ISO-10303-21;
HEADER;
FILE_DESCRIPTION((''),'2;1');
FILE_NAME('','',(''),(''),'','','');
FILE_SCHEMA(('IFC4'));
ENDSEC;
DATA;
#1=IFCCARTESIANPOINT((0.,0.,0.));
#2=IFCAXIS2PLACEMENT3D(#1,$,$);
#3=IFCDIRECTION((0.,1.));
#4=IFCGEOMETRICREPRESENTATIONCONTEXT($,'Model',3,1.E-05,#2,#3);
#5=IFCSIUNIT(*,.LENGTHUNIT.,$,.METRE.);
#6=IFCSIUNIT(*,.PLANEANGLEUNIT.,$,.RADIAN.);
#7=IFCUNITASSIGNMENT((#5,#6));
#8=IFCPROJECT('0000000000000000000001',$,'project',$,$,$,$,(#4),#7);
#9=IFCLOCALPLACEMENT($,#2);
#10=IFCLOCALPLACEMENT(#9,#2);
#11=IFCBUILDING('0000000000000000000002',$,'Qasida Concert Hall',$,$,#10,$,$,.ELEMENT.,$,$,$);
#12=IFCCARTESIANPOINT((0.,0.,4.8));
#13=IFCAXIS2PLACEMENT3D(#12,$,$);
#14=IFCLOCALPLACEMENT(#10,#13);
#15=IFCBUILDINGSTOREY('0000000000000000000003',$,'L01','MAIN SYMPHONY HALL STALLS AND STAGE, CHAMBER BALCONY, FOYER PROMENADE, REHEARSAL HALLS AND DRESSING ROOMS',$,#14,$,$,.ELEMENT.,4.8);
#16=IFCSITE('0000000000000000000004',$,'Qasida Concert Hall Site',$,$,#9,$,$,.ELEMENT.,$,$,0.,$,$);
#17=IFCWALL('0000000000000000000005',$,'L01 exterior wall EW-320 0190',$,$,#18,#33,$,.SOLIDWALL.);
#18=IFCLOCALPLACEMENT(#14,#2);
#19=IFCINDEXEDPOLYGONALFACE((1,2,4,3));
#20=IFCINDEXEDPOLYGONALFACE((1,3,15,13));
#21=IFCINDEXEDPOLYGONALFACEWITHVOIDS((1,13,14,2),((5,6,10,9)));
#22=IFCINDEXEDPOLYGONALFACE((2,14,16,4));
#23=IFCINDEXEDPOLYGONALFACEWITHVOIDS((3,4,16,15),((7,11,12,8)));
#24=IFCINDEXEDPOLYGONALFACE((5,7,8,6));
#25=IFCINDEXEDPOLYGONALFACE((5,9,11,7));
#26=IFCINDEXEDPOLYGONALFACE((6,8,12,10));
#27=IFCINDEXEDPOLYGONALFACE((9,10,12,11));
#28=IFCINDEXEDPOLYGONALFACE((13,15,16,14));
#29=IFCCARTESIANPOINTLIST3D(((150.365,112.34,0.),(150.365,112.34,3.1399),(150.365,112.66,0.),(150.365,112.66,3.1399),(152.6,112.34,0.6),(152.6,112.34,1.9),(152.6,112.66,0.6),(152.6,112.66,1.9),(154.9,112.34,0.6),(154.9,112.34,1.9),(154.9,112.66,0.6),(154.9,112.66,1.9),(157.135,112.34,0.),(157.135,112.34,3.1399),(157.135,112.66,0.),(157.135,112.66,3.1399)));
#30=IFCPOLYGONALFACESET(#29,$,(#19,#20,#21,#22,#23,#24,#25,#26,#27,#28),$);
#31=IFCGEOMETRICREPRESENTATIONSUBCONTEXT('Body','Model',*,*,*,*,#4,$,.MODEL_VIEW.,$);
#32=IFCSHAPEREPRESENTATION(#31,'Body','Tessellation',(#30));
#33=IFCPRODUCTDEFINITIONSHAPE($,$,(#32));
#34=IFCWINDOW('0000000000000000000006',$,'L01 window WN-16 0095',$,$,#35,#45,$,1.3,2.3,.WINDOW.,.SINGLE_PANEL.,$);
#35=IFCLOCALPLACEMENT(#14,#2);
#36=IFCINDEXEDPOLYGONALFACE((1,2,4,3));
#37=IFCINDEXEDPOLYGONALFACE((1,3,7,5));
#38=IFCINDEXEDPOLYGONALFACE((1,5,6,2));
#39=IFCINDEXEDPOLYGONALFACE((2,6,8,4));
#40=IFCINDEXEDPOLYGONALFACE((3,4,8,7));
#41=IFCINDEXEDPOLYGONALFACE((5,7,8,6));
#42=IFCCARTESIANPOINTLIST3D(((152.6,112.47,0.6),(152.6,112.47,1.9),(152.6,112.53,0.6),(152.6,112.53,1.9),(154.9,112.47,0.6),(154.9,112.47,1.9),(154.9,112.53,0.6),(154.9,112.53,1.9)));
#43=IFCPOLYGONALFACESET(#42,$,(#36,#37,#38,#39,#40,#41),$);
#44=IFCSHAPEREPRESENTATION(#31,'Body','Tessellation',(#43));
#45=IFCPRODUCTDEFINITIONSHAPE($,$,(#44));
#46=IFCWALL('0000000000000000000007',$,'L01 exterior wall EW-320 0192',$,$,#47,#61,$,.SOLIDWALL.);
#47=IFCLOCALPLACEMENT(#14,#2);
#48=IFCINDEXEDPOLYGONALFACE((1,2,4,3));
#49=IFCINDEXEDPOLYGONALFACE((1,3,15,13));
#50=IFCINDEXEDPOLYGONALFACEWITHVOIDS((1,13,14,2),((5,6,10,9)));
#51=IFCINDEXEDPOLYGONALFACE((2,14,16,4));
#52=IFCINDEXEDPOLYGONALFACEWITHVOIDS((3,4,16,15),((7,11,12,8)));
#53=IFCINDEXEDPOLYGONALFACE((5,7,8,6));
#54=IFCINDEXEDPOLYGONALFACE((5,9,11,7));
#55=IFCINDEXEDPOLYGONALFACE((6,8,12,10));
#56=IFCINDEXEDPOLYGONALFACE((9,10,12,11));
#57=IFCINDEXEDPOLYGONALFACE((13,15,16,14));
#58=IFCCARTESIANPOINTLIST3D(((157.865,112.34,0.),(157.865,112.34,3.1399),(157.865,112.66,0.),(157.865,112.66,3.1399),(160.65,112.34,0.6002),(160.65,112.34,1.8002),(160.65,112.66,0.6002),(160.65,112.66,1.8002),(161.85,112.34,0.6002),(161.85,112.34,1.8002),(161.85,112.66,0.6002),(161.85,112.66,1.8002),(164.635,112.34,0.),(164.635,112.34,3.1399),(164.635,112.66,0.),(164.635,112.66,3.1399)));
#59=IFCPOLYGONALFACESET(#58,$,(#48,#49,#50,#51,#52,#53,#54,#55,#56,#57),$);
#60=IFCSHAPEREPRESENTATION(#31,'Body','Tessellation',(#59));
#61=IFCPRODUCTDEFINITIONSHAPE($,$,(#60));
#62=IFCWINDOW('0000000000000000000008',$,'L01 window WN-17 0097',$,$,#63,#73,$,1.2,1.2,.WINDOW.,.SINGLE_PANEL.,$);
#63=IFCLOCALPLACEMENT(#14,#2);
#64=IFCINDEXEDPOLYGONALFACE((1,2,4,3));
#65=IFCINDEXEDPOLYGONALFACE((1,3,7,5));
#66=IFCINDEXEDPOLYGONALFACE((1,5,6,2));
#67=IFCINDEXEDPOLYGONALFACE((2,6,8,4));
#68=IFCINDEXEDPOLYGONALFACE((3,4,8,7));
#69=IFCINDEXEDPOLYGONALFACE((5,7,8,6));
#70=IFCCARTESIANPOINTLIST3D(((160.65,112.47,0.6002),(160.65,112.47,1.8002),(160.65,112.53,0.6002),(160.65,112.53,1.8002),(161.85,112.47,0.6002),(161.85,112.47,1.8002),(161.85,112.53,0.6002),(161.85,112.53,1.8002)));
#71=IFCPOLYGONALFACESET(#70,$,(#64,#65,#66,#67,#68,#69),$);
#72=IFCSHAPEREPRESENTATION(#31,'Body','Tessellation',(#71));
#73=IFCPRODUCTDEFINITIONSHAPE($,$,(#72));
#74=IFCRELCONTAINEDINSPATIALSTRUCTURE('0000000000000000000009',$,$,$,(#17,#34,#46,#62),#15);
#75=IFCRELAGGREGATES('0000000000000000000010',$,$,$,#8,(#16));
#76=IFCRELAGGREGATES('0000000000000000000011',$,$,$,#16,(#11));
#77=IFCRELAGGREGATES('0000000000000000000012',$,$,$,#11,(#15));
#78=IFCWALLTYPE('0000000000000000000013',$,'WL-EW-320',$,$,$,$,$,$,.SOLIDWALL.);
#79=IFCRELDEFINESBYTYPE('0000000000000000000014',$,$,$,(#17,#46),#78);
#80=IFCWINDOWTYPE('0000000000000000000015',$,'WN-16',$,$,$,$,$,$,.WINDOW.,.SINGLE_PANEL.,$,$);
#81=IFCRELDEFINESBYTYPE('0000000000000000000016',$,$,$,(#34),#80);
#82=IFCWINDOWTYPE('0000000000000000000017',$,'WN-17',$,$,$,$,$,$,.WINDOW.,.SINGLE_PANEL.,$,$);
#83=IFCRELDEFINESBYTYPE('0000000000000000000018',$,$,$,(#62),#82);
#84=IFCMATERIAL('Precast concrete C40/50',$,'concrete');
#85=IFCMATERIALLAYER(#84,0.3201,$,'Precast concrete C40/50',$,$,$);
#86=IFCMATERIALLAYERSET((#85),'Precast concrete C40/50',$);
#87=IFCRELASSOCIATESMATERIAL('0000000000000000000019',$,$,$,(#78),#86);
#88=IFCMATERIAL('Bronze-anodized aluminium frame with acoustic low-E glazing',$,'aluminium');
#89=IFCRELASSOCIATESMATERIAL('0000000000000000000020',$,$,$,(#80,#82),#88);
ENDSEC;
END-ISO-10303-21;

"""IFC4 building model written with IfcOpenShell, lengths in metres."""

from ifc_helpers import new_model, si_unit, direction, frame, frame_2d, origin, place, context, subcontext, project, spatial, rectangle, extrude, material, layer, layer_set, type_object, element, fill, save


model = new_model("IFC4")

# Units and contexts
model_context = context("Model", 3, precision=1e-05, world=origin(), true_north=direction((0.0, 1.0)))
body_context = subcontext(model_context, "Body", "Model", "MODEL_VIEW")
ifc_project = project(units=[si_unit("LENGTHUNIT", "METRE"), si_unit("PLANEANGLEUNIT", "RADIAN")], contexts=[model_context])

# Site, building, storey
site_placement = place(None, origin())
site = spatial("IfcSite", under=ifc_project, at=site_placement, Name="Qasida Concert Hall Site", CompositionType="ELEMENT", RefElevation=0.0)
building_placement = place(site_placement, origin())
building = spatial("IfcBuilding", under=site, at=building_placement, Name="Qasida Concert Hall", CompositionType="ELEMENT")
storey_placement = place(building_placement, frame((0.0, 0.0, 4.8)))
storey = spatial("IfcBuildingStorey", under=building, at=storey_placement, Name="L01", Description="MAIN SYMPHONY HALL STALLS AND STAGE, CHAMBER BALCONY, FOYER PROMENADE, REHEARSAL HALLS AND DRESSING ROOMS", CompositionType="ELEMENT", Elevation=4.8)

# Walls, openings, windows
ifc_material_1 = material(Name="Precast concrete C40/50", Category="concrete")
ifc_layer_1 = layer(ifc_material_1, 0.3201, Name="Precast concrete C40/50")
ifc_layer_set_1 = layer_set([ifc_layer_1], Name="Precast concrete C40/50")
wall_type = type_object("IfcWallType", Name="WL-EW-320", PredefinedType="SOLIDWALL", material=ifc_layer_set_1)
wall_1_placement = place(storey_placement, frame((150.365, 112.5, 0.0), z_axis=(0.0, 0.0, 1.0), x_axis=(1.0, 0.0, 0.0)))
wall_1 = element("IfcWall", 1, at=wall_1_placement, inside=storey, type_object=wall_type, Name="L01 exterior wall EW-320 0190", PredefinedType="SOLIDWALL", context=body_context, shape_type="SweptSolid", body=[
    extrude(rectangle(XDim=6.77, YDim=0.3201, at=frame_2d((3.385, 0.0))), origin(), (0.0, 0.0, 1.0), 3.1399),
])
opening_1_placement = place(wall_1_placement, frame((2.2351, 0.0, 0.6001)))
opening_1 = element("IfcOpeningElement", 2, at=opening_1_placement, cuts=wall_1, PredefinedType="OPENING", context=body_context, shape_type="SweptSolid", body=[
    extrude(rectangle(XDim=2.3, YDim=1.3, at=frame_2d((1.1499, 0.6499))), frame((0.0, 0.1699, 0.0), z_axis=(0.0, -1.0, 0.0), x_axis=(1.0, 0.0, 0.0)), (0.0, 0.0, 1.0), 0.3401),
])
ifc_material_2 = material(Name="Bronze-anodized aluminium frame with acoustic low-E glazing", Category="aluminium")
window_type_1 = type_object("IfcWindowType", Name="WN-16", PartitioningType="SINGLE_PANEL", PredefinedType="WINDOW", material=ifc_material_2)
window_1_placement = place(opening_1_placement, origin())
window_1 = element("IfcWindow", 3, at=window_1_placement, inside=storey, type_object=window_type_1, Name="L01 window WN-16 0095", OverallHeight=1.3, OverallWidth=2.3, PartitioningType="SINGLE_PANEL", PredefinedType="WINDOW", context=body_context, shape_type="SweptSolid", body=[
    extrude(rectangle(XDim=2.3, YDim=1.3, at=frame_2d((1.1499, 0.6499))), frame((0.0, 0.03, 0.0), z_axis=(0.0, -1.0, 0.0), x_axis=(1.0, 0.0, 0.0)), (0.0, 0.0, 1.0), 0.0601),
])
fill(opening_1, window_1)
wall_2_placement = place(storey_placement, frame((157.865, 112.5, 0.0), z_axis=(0.0, 0.0, 1.0), x_axis=(1.0, 0.0, 0.0)))
wall_2 = element("IfcWall", 4, at=wall_2_placement, inside=storey, type_object=wall_type, Name="L01 exterior wall EW-320 0192", PredefinedType="SOLIDWALL", context=body_context, shape_type="SweptSolid", body=[
    extrude(rectangle(XDim=6.77, YDim=0.3201, at=frame_2d((3.385, 0.0))), origin(), (0.0, 0.0, 1.0), 3.1399),
])
opening_2_placement = place(wall_2_placement, frame((2.7849, 0.0, 0.6001)))
opening_2 = element("IfcOpeningElement", 5, at=opening_2_placement, cuts=wall_2, PredefinedType="OPENING", context=body_context, shape_type="SweptSolid", body=[
    extrude(rectangle(XDim=1.2, YDim=1.2, at=frame_2d((0.6001, 0.6001))), frame((0.0, 0.1699, 0.0), z_axis=(0.0, -1.0, 0.0), x_axis=(1.0, 0.0, 0.0)), (0.0, 0.0, 1.0), 0.3401),
])
window_type_2 = type_object("IfcWindowType", Name="WN-17", PartitioningType="SINGLE_PANEL", PredefinedType="WINDOW", material=ifc_material_2)
window_2_placement = place(opening_2_placement, origin())
window_2 = element("IfcWindow", 6, at=window_2_placement, inside=storey, type_object=window_type_2, Name="L01 window WN-17 0097", OverallHeight=1.2, OverallWidth=1.2, PartitioningType="SINGLE_PANEL", PredefinedType="WINDOW", context=body_context, shape_type="SweptSolid", body=[
    extrude(rectangle(XDim=1.2, YDim=1.2, at=frame_2d((0.6001, 0.6001))), frame((0.0, 0.03, 0.0), z_axis=(0.0, -1.0, 0.0), x_axis=(1.0, 0.0, 0.0)), (0.0, 0.0, 1.0), 0.0601),
])
fill(opening_2, window_2)

save(model, "model.ifc")
